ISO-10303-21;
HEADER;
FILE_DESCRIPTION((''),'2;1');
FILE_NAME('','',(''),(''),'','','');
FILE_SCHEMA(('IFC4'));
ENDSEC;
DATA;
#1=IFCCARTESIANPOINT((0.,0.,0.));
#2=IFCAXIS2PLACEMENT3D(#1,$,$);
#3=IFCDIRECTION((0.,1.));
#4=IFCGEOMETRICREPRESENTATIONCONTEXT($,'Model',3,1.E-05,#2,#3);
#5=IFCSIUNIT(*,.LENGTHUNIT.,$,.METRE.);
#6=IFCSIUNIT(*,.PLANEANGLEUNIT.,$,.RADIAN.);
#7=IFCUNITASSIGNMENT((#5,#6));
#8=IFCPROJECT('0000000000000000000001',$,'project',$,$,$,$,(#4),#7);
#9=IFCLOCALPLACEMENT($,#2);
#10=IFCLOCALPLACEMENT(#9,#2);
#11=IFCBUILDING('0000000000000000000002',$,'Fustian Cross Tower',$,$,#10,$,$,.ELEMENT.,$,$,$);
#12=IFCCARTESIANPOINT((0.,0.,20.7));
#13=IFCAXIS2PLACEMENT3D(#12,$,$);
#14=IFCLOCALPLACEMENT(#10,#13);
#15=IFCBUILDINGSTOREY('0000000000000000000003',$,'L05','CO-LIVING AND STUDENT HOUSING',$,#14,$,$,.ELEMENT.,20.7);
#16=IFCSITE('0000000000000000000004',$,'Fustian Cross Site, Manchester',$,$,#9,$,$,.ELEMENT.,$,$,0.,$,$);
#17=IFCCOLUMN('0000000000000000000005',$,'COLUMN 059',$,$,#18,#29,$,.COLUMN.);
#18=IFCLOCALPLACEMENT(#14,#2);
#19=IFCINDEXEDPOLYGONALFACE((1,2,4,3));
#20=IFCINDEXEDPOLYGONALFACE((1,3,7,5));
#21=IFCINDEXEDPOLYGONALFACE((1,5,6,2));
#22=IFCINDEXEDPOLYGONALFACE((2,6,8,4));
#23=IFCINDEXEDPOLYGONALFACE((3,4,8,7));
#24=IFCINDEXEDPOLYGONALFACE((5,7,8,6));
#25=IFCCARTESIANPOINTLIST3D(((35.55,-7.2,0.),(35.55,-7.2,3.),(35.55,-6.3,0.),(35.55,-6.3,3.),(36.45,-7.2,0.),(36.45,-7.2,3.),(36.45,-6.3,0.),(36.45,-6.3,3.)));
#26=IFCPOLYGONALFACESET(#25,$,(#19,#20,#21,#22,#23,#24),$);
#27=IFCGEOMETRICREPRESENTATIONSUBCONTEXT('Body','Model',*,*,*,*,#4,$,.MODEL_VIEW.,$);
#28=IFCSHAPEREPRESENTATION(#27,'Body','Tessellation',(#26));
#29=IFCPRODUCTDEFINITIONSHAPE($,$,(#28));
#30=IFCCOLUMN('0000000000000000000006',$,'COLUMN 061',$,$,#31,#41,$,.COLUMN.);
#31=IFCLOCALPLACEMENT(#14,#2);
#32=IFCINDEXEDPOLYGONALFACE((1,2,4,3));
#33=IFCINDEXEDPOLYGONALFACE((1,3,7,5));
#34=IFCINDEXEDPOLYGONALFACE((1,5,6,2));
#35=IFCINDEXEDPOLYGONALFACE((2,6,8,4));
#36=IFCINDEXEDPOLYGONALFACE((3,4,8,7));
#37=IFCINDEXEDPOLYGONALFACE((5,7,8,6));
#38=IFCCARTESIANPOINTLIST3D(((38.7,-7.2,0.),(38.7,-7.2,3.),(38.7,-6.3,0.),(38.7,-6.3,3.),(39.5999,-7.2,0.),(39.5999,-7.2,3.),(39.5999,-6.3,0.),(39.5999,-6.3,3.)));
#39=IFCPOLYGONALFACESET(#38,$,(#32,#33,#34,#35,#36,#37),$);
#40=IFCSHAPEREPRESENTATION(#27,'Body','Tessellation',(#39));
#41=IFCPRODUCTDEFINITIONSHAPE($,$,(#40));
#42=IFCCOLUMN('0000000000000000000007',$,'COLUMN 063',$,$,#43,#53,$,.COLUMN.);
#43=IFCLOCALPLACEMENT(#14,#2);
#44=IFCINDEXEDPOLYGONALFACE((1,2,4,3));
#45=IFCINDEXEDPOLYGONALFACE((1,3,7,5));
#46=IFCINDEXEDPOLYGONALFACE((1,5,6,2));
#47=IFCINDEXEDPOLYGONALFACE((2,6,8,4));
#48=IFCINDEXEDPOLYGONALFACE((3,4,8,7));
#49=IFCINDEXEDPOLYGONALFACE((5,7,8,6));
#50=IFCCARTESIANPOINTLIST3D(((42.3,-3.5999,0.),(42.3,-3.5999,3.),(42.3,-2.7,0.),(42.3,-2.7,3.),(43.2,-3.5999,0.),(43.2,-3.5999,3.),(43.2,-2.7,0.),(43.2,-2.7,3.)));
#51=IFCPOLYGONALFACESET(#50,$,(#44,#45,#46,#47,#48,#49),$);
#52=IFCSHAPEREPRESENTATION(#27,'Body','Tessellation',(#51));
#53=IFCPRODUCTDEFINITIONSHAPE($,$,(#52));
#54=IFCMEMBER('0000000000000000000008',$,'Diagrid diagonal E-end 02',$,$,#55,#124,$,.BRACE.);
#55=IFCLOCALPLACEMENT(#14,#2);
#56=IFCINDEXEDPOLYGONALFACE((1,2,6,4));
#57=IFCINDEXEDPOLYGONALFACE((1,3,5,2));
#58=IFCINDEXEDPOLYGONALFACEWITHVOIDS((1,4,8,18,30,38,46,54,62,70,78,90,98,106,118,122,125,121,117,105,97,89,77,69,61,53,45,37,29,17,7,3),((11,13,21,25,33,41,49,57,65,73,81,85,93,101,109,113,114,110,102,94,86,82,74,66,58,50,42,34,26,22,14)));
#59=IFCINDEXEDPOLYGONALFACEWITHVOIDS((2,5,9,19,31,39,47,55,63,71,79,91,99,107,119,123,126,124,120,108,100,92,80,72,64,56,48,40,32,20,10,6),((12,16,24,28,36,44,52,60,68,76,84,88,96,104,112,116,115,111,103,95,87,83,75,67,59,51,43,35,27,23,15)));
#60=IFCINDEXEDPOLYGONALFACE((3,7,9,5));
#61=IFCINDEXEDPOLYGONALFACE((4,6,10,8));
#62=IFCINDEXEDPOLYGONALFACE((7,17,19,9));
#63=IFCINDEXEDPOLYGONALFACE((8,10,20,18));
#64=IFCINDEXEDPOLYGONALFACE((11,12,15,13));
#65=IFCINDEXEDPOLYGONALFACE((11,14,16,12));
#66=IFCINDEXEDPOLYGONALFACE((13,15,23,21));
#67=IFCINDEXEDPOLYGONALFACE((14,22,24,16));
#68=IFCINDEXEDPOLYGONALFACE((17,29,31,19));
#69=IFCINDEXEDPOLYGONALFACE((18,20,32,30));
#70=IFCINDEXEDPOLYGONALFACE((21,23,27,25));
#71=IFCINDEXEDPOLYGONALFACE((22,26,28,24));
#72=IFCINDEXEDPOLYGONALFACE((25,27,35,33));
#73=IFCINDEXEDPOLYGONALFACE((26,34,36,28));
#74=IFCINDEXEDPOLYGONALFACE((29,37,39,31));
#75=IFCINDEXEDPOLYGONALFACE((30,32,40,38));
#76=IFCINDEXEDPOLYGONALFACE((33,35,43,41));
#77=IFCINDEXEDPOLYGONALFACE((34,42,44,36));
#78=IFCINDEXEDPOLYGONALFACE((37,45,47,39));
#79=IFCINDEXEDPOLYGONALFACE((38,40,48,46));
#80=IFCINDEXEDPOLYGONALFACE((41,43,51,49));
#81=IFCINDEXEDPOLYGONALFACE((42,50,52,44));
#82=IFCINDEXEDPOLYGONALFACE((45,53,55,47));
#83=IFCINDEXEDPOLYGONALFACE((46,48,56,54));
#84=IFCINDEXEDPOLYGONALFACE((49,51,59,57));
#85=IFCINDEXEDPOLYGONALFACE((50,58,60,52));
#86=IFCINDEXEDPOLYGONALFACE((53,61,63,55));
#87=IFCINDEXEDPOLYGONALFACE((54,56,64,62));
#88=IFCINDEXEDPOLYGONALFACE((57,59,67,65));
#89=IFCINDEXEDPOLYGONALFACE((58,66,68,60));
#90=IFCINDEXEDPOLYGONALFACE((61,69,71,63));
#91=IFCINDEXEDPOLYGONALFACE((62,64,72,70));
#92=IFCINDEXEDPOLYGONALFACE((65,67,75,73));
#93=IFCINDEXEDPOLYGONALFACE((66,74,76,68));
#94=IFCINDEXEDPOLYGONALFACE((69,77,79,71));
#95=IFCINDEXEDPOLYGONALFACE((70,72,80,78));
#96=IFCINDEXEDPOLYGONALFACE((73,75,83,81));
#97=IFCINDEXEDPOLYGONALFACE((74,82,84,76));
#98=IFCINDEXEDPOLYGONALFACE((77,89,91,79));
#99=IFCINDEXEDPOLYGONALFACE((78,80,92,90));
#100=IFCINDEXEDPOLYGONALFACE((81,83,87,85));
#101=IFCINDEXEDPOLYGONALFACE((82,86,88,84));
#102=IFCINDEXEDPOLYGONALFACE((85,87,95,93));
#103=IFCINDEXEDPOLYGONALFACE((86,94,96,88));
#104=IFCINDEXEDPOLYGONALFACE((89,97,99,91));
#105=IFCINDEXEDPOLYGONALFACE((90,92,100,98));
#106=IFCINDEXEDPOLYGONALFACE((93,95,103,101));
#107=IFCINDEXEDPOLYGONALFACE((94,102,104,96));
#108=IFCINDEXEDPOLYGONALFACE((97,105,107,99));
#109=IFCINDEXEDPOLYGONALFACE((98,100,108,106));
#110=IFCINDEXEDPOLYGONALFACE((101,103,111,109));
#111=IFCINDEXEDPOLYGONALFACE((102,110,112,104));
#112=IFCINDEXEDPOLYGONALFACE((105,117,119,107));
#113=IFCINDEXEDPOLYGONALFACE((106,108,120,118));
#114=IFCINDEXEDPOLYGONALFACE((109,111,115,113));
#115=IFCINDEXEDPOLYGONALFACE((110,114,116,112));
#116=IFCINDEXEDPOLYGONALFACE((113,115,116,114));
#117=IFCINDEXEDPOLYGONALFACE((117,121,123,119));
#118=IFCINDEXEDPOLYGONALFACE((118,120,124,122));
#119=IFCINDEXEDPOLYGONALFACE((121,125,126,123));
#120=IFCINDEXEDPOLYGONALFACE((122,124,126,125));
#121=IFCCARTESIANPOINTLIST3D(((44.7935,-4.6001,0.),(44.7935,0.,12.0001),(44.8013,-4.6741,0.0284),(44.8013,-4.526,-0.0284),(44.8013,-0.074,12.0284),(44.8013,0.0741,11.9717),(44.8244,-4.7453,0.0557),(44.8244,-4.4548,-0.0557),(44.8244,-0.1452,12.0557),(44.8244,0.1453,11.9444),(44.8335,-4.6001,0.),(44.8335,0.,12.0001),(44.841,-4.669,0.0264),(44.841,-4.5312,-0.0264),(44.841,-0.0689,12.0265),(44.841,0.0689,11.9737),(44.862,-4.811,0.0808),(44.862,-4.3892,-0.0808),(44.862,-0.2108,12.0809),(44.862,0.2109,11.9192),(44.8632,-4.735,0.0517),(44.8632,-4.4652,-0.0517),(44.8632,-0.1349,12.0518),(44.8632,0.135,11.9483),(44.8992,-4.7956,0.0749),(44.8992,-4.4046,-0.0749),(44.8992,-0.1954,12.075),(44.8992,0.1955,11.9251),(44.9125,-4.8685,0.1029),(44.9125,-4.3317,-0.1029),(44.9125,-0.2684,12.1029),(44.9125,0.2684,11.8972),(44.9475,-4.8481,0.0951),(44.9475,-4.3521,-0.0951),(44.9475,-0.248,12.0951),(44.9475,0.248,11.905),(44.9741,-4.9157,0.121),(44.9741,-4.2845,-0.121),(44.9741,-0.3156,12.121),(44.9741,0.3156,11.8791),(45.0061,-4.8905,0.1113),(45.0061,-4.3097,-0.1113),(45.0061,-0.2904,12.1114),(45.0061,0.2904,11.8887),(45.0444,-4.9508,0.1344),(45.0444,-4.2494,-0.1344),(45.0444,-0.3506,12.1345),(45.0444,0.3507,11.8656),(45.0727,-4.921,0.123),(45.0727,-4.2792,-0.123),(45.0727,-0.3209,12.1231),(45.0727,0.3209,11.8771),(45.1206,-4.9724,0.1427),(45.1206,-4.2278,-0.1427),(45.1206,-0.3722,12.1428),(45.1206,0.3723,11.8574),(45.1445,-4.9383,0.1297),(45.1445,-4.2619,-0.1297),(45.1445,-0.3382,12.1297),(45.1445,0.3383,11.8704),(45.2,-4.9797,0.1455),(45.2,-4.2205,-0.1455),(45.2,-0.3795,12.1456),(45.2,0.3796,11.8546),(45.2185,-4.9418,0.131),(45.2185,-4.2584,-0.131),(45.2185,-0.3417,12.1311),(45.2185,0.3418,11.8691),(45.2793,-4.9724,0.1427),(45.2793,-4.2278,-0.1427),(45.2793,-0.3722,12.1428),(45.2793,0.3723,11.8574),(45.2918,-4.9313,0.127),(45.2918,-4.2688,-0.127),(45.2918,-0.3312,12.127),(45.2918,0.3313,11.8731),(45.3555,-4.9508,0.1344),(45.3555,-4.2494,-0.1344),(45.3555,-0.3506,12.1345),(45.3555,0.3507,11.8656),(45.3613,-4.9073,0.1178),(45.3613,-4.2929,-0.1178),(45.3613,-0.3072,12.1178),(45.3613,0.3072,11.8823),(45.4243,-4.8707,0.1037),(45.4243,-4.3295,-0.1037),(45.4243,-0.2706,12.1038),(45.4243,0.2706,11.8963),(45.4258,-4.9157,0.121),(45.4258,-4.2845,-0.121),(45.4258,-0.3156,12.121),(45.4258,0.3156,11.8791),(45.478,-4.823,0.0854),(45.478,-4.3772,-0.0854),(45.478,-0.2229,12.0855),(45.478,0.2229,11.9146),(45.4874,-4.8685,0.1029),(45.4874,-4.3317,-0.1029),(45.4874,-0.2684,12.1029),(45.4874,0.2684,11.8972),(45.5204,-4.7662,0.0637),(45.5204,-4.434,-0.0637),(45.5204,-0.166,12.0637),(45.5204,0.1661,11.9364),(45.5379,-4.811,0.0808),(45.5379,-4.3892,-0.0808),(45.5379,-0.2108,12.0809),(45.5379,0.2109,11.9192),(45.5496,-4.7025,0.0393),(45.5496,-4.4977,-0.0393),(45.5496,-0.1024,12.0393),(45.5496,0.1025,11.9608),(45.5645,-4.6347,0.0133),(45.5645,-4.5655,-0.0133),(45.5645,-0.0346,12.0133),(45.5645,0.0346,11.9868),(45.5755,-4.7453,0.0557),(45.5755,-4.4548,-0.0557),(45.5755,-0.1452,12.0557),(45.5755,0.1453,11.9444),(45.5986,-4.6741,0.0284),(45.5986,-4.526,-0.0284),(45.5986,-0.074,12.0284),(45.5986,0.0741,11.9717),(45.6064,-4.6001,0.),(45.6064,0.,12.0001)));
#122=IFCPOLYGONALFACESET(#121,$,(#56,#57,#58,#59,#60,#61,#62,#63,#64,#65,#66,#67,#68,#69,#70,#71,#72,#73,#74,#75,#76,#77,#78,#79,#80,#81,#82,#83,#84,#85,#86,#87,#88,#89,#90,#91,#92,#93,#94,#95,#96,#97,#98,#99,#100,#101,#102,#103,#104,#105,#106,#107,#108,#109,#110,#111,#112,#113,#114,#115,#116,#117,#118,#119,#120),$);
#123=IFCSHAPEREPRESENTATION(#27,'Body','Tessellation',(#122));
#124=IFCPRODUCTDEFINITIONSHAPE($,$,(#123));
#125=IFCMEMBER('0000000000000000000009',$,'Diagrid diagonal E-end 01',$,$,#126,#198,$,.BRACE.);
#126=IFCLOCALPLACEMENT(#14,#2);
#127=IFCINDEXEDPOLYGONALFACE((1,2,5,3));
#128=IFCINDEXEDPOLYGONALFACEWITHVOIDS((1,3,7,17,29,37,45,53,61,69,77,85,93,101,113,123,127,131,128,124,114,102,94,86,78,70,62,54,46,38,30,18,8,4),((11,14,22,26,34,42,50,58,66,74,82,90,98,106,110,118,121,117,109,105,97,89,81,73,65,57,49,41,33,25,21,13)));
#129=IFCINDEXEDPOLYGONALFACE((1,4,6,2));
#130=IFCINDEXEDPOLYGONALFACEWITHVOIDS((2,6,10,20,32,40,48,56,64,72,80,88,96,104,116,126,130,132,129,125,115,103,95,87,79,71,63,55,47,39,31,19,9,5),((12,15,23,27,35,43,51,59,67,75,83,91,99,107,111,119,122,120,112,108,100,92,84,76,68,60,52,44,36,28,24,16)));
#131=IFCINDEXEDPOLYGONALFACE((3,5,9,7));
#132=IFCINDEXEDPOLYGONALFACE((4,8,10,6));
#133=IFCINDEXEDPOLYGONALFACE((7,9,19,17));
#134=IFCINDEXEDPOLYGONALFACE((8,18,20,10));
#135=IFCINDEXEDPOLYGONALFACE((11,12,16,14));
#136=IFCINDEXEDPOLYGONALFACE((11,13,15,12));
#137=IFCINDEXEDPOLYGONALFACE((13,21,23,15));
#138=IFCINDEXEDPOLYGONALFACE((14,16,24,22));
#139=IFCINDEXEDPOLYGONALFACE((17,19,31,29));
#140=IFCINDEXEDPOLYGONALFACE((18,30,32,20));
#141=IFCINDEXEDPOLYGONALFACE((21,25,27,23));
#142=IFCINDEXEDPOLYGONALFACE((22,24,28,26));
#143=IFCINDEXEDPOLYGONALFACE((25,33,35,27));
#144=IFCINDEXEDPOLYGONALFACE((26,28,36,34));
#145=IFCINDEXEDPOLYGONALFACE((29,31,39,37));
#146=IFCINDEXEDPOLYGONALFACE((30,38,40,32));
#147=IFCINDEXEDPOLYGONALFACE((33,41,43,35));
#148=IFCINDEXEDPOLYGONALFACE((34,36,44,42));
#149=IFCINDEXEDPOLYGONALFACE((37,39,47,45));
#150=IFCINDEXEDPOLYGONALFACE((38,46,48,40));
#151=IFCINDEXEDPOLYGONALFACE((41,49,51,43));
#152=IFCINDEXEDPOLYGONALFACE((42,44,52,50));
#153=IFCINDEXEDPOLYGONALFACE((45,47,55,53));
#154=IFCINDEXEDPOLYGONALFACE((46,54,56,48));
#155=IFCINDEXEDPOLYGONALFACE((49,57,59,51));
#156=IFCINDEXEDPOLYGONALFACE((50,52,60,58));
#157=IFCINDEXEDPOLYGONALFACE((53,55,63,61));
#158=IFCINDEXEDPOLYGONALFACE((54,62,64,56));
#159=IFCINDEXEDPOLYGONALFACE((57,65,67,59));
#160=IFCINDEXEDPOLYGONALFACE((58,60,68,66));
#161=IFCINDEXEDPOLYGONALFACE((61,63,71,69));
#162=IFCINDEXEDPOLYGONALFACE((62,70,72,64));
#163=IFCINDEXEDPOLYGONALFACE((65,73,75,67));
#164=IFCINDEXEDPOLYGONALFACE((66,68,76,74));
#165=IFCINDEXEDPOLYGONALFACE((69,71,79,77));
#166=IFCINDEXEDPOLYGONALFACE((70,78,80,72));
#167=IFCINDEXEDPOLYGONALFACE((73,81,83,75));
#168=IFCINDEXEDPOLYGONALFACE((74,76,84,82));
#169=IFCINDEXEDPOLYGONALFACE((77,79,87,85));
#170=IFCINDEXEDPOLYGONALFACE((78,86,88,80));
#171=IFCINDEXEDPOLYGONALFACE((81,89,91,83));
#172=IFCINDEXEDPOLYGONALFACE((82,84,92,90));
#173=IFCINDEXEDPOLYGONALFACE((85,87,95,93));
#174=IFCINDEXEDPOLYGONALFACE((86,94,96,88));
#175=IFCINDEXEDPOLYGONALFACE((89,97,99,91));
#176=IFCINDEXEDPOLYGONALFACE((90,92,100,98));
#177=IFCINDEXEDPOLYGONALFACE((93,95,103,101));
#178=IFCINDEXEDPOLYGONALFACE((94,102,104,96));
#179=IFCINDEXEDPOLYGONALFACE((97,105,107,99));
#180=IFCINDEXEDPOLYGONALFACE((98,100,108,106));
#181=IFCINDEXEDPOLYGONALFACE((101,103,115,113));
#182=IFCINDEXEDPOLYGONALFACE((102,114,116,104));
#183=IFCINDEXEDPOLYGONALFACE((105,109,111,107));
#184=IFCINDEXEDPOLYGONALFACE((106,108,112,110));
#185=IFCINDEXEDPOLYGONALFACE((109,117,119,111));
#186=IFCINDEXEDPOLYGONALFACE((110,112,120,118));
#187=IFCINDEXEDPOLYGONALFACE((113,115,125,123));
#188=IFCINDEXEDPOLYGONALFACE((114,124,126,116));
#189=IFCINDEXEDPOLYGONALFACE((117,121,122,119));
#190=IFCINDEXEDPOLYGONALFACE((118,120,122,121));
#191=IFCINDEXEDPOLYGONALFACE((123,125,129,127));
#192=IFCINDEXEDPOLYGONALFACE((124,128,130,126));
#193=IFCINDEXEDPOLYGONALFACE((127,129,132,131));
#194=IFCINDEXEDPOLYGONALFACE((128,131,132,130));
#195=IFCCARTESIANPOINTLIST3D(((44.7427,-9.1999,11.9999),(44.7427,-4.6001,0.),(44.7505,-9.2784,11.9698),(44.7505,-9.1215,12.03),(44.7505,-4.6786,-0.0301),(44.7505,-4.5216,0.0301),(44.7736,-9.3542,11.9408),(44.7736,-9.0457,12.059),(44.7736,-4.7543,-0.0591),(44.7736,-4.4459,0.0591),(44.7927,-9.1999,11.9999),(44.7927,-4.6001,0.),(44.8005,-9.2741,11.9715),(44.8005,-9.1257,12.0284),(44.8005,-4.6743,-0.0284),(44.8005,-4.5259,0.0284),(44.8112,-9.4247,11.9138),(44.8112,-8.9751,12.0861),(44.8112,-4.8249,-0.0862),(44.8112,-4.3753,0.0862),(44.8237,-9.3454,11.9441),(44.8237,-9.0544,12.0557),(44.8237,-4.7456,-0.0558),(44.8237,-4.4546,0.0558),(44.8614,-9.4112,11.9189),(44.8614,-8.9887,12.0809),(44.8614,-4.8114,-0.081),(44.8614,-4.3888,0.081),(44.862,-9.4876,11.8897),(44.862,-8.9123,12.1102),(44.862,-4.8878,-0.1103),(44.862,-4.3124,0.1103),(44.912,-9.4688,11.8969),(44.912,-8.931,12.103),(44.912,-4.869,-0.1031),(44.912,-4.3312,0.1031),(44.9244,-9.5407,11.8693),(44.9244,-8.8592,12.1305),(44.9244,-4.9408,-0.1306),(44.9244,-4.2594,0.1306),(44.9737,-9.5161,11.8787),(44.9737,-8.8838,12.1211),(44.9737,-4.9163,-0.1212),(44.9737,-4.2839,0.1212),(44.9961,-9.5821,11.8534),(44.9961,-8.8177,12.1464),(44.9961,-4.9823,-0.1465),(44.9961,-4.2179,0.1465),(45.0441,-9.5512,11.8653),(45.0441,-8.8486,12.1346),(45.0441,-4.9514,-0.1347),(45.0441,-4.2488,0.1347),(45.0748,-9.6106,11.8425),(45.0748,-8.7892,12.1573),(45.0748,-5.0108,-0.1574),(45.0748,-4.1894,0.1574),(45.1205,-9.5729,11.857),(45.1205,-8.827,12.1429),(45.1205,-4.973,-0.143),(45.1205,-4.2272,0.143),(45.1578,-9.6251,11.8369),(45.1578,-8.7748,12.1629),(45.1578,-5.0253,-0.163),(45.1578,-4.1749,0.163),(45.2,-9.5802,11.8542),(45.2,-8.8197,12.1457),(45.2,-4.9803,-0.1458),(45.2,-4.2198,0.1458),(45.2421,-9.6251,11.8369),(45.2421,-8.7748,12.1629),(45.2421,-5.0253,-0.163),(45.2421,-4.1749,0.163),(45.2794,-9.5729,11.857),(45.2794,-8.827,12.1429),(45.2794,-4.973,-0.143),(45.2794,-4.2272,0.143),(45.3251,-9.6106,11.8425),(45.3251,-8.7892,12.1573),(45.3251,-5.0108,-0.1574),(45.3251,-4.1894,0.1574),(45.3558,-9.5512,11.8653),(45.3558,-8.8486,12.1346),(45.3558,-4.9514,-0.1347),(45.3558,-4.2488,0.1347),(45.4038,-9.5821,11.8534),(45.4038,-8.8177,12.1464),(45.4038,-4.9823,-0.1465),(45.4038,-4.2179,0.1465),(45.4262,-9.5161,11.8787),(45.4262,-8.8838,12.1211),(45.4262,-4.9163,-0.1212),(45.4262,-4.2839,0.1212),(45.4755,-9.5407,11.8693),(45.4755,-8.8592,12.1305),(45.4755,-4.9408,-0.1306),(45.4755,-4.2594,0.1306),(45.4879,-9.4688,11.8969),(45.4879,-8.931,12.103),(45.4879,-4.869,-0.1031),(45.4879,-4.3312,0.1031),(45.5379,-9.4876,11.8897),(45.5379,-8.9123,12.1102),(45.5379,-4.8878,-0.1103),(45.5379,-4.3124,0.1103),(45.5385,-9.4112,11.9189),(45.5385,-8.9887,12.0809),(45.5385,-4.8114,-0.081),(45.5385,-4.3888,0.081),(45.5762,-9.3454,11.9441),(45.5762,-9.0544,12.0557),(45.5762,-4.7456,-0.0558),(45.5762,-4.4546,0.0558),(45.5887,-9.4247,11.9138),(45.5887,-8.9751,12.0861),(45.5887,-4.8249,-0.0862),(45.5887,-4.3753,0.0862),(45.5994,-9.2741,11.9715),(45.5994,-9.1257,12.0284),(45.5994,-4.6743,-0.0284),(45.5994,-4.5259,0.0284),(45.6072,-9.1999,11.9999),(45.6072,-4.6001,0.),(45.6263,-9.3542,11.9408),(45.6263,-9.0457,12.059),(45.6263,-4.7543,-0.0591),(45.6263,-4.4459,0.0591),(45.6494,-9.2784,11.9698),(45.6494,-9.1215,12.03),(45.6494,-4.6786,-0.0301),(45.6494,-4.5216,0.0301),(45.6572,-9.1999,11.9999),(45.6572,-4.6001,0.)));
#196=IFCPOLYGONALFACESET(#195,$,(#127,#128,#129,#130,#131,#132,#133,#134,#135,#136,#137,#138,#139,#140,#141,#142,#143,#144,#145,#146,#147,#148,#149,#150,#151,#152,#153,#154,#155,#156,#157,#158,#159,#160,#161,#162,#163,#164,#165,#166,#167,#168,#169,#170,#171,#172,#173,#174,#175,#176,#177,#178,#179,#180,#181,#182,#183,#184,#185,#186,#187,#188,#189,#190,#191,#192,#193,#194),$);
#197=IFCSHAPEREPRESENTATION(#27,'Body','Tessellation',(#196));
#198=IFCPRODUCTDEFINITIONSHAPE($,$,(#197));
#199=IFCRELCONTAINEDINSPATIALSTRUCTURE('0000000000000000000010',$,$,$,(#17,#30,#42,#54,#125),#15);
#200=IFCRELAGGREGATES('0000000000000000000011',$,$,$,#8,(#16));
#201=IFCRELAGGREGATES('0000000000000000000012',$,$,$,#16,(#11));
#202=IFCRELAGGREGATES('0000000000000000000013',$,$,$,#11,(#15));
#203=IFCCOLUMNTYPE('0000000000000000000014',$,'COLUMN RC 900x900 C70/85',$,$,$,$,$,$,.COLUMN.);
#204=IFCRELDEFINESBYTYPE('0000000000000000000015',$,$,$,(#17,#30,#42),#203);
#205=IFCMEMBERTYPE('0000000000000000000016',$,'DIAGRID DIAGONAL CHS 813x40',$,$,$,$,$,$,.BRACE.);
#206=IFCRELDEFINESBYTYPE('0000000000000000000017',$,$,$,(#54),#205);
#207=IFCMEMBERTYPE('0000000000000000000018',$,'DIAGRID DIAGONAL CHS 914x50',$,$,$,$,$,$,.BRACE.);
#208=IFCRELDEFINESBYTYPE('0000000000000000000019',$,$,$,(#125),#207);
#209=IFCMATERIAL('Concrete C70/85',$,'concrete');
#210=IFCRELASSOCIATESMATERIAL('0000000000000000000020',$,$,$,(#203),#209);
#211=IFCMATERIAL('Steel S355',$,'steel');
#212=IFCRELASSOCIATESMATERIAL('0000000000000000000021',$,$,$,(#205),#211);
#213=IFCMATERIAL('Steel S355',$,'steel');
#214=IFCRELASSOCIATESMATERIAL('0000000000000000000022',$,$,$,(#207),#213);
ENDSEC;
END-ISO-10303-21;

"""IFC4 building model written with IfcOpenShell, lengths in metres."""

from ifc_helpers import new_model, si_unit, direction, frame, origin, origin_2d, place, context, subcontext, project, spatial, rectangle, hollow_circle, extrude, material, material_profile, profile_set, type_object, element, save


model = new_model("IFC4")

# Units and contexts
model_context = context("Model", 3, precision=1e-05, world=origin(), true_north=direction((0.0, 1.0)))
body_context = subcontext(model_context, "Body", "Model", "MODEL_VIEW")
ifc_project = project(units=[si_unit("LENGTHUNIT", "METRE"), si_unit("PLANEANGLEUNIT", "RADIAN")], contexts=[model_context])

# Site, building, storey
site_placement = place(None, origin())
site = spatial("IfcSite", under=ifc_project, at=site_placement, Name="Fustian Cross Site, Manchester", CompositionType="ELEMENT", RefElevation=0.0)
building_placement = place(site_placement, origin())
building = spatial("IfcBuilding", under=site, at=building_placement, Name="Fustian Cross Tower", CompositionType="ELEMENT")
storey_placement = place(building_placement, frame((0.0, 0.0, 20.7)))
storey = spatial("IfcBuildingStorey", under=building, at=storey_placement, Name="L05", Description="CO-LIVING AND STUDENT HOUSING", CompositionType="ELEMENT", Elevation=20.7)

# Columns
ifc_material_1 = material(Name="Concrete C70/85", Category="concrete")
ifc_material_profile_1 = material_profile(ifc_material_1, rectangle(XDim=0.8999, YDim=0.8999, at=origin_2d()), Name="RC 900x900")
ifc_profile_set_1 = profile_set([ifc_material_profile_1], Name="Concrete C70/85")
column_type = type_object("IfcColumnType", Name="COLUMN RC 900x900 C70/85", PredefinedType="COLUMN", material=ifc_profile_set_1)
for number, where, z_axis, x_axis, name in (
    (1, (36.0, -6.75, 0.0), (0.0, 0.0, 1.0), (1.0, 0.0, 0.0), "COLUMN 059"),
    (2, (39.1499, -6.75, 0.0), (0.0, 0.0, 1.0), (1.0, 0.0, 0.0), "COLUMN 061"),
    (3, (42.75, -3.1499, 0.0), (0.0, 0.0, 1.0), (1.0, 0.0, 0.0), "COLUMN 063"),
):
    element("IfcColumn", number, at=place(storey_placement, frame(where, z_axis=z_axis, x_axis=x_axis)), inside=storey, type_object=column_type, Name=name, PredefinedType="COLUMN", context=body_context, shape_type="SweptSolid", body=[
        extrude(rectangle(XDim=0.8999, YDim=0.8999, at=origin_2d()), origin(), (0.0, 0.0, 1.0), 3.0),
    ])

# Members
ifc_material_2 = material(Name="Steel S355", Category="steel")
ifc_material_profile_2 = material_profile(ifc_material_2, hollow_circle(Radius=0.4065, WallThickness=0.04, at=origin_2d()), Name="CHS 813x40")
ifc_profile_set_2 = profile_set([ifc_material_profile_2], Name="Steel S355")
member_type_1 = type_object("IfcMemberType", Name="DIAGRID DIAGONAL CHS 813x40", PredefinedType="BRACE", material=ifc_profile_set_2)
member_1_placement = place(storey_placement, frame((45.2, -4.6001, 0.0), z_axis=(0.0, 0.357943, 0.933744), x_axis=(-1.0, 0.0, 0.0)))
element("IfcMember", 4, at=member_1_placement, inside=storey, type_object=member_type_1, Name="Diagrid diagonal E-end 02", PredefinedType="BRACE", context=body_context, shape_type="SweptSolid", body=[
    extrude(hollow_circle(Radius=0.4065, WallThickness=0.04, at=origin_2d()), origin(), (0.0, 0.0, 1.0), 12.8516),
])
ifc_material_3 = material(Name="Steel S355", Category="steel")
ifc_material_profile_3 = material_profile(ifc_material_3, hollow_circle(Radius=0.4573, WallThickness=0.05, at=origin_2d()), Name="CHS 914x50")
ifc_profile_set_3 = profile_set([ifc_material_profile_3], Name="Steel S355")
member_type_2 = type_object("IfcMemberType", Name="DIAGRID DIAGONAL CHS 914x50", PredefinedType="BRACE", material=ifc_profile_set_3)
member_2_placement = place(storey_placement, frame((45.2, -4.6001, 0.0), z_axis=(0.0, -0.357926, 0.93375), x_axis=(1.0, 0.0, 0.0)))
element("IfcMember", 5, at=member_2_placement, inside=storey, type_object=member_type_2, Name="Diagrid diagonal E-end 01", PredefinedType="BRACE", context=body_context, shape_type="SweptSolid", body=[
    extrude(hollow_circle(Radius=0.4573, WallThickness=0.05, at=origin_2d()), origin(), (0.0, 0.0, 1.0), 12.8513),
])

save(model, "model.ifc")
